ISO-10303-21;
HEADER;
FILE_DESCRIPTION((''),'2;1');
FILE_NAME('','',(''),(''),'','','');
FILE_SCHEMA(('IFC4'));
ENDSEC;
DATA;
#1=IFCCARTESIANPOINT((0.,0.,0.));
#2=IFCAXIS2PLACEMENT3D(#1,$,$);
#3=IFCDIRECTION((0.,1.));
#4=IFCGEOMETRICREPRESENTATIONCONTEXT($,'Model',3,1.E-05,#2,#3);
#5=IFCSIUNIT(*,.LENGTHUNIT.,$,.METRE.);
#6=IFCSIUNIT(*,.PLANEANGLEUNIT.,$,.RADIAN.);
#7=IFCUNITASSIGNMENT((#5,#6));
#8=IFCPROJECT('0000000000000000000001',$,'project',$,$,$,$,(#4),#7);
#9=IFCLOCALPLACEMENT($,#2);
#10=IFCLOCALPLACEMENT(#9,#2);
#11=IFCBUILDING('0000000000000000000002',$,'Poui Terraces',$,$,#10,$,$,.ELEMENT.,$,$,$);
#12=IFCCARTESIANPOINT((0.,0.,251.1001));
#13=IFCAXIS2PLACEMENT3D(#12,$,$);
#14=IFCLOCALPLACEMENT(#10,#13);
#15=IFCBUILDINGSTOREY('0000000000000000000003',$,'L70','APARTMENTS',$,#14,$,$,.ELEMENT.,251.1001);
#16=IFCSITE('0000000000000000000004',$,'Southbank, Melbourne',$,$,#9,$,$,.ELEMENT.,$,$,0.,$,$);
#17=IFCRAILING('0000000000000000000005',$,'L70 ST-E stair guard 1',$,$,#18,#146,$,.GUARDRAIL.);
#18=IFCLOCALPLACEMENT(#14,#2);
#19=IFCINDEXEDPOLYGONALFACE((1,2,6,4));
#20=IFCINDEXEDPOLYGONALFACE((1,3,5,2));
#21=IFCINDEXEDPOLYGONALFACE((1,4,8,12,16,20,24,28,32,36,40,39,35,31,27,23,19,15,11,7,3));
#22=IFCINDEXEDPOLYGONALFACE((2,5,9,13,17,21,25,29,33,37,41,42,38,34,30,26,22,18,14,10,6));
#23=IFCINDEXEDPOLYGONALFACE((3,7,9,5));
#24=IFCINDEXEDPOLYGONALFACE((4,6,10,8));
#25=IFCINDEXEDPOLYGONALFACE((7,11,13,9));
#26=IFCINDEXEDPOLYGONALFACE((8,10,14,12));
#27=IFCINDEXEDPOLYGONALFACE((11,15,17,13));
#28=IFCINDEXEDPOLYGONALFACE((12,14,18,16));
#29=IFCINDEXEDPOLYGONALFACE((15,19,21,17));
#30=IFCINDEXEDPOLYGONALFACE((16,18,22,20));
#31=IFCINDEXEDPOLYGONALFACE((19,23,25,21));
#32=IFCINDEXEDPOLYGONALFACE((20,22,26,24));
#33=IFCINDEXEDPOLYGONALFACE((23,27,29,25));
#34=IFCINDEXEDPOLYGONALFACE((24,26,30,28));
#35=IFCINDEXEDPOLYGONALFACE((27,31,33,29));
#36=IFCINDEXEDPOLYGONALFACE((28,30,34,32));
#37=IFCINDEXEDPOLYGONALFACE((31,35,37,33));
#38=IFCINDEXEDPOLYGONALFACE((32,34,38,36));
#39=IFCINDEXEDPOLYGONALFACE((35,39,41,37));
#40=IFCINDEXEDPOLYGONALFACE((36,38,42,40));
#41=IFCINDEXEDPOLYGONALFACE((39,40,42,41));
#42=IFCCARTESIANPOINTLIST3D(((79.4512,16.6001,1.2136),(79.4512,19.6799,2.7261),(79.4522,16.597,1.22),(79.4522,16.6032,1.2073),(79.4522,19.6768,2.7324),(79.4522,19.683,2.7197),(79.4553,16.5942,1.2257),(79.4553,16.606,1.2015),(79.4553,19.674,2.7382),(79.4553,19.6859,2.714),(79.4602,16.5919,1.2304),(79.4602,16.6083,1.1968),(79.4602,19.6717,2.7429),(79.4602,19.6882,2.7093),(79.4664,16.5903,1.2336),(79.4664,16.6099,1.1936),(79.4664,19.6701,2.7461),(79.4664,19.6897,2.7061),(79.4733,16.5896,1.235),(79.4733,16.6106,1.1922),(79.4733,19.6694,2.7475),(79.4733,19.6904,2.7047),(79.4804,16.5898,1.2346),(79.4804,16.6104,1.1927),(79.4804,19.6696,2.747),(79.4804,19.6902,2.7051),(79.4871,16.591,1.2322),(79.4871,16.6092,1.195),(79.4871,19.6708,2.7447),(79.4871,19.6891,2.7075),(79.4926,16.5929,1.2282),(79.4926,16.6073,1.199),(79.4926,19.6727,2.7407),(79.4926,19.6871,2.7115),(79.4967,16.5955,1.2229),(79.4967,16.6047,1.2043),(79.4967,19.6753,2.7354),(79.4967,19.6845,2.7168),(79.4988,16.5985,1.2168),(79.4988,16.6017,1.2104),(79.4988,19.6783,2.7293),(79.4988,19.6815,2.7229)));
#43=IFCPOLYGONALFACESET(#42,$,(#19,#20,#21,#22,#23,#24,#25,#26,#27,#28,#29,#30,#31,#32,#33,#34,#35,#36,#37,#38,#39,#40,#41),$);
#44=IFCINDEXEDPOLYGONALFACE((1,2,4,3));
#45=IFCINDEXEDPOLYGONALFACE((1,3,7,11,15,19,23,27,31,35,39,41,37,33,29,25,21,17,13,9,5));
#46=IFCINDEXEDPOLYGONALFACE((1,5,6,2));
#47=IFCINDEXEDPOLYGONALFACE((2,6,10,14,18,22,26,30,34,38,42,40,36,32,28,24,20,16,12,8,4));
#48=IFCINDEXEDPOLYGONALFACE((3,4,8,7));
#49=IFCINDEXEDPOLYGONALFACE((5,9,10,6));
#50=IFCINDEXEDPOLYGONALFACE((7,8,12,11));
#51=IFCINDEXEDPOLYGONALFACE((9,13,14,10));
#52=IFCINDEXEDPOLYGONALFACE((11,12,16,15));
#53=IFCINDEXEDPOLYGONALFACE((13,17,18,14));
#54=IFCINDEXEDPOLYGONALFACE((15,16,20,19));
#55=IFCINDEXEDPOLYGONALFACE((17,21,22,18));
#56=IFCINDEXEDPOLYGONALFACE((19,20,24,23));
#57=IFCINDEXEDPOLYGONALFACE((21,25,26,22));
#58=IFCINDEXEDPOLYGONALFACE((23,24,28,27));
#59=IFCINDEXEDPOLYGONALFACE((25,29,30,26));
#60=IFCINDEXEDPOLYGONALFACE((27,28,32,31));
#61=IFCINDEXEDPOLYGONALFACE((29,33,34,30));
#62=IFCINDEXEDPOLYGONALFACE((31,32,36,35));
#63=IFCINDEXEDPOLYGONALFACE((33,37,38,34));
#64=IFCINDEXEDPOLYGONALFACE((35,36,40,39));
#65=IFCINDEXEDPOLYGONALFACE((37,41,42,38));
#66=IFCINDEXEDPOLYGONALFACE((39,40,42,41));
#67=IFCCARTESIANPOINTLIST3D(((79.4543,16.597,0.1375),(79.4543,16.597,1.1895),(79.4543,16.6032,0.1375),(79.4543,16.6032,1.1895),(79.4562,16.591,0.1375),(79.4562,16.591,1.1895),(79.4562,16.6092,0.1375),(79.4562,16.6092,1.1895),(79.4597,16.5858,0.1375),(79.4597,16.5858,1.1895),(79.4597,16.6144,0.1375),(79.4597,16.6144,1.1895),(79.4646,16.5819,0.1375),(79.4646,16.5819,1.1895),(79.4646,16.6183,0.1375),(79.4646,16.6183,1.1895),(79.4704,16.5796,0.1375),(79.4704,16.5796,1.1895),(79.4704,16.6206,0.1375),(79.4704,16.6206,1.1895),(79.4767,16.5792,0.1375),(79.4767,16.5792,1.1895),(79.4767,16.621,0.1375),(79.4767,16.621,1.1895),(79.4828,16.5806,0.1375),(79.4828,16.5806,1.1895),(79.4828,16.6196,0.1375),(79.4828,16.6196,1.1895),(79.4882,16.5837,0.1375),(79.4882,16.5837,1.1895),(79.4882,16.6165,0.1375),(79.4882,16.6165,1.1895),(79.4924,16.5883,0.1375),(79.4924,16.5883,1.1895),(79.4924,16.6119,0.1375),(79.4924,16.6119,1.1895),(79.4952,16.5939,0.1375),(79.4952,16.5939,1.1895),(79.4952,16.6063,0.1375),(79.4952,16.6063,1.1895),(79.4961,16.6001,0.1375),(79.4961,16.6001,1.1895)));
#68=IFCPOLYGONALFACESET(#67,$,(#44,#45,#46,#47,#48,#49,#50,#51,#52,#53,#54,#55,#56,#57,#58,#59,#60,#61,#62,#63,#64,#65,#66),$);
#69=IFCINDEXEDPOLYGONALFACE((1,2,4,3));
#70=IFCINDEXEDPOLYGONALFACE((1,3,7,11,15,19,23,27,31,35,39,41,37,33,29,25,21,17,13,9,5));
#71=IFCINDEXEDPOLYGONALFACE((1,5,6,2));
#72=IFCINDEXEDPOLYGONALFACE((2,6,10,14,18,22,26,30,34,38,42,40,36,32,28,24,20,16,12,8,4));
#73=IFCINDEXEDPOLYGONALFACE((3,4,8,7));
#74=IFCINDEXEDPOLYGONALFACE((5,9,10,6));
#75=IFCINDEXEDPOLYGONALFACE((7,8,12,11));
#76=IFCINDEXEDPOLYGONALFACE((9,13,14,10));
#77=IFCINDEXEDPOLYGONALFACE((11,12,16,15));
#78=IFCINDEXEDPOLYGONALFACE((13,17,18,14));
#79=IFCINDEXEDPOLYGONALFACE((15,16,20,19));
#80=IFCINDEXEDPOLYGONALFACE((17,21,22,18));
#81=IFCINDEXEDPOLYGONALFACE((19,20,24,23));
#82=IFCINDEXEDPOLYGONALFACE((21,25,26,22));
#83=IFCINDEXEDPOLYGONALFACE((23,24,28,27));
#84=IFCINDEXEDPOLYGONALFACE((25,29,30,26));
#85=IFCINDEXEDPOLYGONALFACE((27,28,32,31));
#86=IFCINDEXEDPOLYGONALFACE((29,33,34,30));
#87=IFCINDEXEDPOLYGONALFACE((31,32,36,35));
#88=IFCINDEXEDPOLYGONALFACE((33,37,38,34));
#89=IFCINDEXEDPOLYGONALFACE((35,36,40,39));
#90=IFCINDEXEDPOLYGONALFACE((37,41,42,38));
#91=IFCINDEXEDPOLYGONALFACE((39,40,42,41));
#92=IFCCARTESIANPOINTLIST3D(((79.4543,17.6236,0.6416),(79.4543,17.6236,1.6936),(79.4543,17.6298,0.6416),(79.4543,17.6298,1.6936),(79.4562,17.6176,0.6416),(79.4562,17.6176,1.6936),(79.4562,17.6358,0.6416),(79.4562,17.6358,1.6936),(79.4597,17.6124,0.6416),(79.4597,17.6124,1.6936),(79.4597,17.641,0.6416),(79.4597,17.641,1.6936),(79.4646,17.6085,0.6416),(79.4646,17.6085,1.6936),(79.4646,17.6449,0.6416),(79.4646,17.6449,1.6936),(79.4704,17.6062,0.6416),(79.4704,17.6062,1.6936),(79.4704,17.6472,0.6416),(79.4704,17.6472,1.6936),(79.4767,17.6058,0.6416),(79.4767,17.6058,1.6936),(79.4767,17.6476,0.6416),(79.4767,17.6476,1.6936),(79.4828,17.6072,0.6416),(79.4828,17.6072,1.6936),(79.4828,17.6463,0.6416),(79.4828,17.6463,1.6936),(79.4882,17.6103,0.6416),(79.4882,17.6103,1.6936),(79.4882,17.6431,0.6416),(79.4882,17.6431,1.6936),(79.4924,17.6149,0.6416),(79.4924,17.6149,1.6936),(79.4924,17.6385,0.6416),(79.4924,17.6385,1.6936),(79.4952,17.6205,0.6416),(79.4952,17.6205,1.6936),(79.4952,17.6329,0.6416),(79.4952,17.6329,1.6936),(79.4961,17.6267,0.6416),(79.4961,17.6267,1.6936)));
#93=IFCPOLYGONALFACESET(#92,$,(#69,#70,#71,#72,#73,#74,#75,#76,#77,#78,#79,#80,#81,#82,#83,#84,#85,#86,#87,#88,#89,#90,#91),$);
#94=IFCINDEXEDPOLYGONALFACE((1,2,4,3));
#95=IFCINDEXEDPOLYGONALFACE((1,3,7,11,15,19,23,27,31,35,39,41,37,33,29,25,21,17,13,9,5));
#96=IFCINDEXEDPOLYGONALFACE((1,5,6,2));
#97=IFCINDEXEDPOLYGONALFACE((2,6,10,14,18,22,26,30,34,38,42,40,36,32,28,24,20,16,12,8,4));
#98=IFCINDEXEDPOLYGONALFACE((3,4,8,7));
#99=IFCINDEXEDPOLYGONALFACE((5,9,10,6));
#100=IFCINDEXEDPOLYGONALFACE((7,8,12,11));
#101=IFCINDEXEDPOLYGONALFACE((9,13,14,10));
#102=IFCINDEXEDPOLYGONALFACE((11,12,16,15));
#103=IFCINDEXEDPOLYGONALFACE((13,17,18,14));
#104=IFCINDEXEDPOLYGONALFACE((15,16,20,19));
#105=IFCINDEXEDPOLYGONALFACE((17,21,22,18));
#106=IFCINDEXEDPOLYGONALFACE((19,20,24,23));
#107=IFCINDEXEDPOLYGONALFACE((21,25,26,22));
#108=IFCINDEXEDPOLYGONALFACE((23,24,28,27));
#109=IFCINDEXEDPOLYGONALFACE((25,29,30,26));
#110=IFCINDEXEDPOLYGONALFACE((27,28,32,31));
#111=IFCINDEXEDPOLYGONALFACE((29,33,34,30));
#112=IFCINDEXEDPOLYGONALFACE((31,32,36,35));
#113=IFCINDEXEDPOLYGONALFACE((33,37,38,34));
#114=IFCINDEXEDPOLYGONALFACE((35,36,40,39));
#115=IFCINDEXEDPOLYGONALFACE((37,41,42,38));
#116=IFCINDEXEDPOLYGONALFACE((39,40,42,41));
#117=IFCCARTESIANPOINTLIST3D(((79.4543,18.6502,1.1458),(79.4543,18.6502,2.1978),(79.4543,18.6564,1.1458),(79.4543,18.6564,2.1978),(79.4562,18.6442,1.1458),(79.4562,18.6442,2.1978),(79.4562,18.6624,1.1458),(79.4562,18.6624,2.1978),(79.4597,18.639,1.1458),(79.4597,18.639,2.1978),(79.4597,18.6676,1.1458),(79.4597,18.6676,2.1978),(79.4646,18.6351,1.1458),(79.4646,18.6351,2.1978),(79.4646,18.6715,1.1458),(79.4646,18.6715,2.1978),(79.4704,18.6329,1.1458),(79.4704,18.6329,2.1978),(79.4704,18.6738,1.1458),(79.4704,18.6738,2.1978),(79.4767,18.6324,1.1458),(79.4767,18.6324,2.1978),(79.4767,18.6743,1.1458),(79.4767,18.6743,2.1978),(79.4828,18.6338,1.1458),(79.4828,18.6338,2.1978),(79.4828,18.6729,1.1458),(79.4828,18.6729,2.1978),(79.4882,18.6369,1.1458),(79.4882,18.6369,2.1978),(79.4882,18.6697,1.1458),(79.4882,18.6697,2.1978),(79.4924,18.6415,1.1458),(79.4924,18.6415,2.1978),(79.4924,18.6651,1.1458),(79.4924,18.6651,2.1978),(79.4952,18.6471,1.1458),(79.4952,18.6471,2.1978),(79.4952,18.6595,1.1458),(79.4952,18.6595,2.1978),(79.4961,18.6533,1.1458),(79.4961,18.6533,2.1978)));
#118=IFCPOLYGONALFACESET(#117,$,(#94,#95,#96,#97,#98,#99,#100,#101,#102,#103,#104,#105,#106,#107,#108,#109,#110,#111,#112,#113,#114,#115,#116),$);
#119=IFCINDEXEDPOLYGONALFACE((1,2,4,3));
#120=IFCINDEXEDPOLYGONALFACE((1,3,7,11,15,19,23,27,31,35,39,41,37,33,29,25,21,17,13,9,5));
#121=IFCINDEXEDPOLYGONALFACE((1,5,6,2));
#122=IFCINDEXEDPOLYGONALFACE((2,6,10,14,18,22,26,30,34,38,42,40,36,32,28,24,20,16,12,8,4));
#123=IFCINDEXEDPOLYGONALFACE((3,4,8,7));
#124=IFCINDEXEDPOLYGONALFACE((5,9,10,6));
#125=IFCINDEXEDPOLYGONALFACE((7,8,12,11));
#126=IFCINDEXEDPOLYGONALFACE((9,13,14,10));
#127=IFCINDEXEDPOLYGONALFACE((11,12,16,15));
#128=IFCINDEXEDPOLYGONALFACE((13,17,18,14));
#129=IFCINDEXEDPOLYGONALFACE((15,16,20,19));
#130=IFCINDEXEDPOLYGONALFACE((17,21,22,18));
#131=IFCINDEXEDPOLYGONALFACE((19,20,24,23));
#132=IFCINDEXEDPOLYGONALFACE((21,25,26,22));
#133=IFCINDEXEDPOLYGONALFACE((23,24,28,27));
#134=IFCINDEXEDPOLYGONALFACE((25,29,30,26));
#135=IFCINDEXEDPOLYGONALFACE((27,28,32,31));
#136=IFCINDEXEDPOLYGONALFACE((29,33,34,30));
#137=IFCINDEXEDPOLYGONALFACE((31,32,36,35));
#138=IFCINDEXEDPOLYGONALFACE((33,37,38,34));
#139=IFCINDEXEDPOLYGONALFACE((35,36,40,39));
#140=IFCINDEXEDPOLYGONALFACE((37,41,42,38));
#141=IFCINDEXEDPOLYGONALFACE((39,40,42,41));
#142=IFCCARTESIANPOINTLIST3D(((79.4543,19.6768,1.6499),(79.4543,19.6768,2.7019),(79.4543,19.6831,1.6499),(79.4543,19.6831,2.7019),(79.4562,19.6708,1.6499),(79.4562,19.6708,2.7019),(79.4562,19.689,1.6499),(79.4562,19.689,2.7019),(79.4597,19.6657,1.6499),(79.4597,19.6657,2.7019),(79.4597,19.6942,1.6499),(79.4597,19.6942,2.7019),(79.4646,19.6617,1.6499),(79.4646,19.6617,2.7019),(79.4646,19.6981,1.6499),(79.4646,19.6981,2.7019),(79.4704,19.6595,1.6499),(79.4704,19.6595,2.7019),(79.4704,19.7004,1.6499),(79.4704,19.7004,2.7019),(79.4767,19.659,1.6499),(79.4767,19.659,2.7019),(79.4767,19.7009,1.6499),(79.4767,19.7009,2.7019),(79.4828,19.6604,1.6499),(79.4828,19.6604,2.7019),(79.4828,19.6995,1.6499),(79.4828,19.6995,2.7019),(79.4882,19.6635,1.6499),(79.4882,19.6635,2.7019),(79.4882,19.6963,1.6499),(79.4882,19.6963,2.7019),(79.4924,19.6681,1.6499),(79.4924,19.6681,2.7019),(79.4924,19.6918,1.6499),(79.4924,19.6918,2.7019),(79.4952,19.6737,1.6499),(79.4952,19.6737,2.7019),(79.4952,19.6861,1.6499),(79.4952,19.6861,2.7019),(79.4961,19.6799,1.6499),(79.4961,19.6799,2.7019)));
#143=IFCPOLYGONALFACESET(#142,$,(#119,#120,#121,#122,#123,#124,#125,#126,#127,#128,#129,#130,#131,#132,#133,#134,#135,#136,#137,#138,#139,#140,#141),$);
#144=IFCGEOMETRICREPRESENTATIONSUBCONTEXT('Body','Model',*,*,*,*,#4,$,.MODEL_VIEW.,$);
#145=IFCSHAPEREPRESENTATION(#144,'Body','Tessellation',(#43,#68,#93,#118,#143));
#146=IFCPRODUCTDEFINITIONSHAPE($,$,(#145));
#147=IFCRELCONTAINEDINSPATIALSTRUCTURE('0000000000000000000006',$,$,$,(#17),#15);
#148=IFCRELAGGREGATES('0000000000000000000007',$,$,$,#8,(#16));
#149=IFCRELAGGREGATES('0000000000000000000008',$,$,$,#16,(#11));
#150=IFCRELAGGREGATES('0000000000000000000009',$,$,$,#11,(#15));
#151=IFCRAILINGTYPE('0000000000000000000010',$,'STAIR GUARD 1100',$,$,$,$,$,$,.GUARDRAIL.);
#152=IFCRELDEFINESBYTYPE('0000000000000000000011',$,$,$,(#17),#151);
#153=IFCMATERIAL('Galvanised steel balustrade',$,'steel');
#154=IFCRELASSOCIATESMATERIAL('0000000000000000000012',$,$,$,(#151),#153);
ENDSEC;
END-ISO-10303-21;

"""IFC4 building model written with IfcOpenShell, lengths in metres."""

from ifc_helpers import new_model, si_unit, direction, frame, origin, origin_2d, place, context, subcontext, project, spatial, circle, extrude, material, type_object, element, save


model = new_model("IFC4")

# Units and contexts
model_context = context("Model", 3, precision=1e-05, world=origin(), true_north=direction((0.0, 1.0)))
body_context = subcontext(model_context, "Body", "Model", "MODEL_VIEW")
ifc_project = project(units=[si_unit("LENGTHUNIT", "METRE"), si_unit("PLANEANGLEUNIT", "RADIAN")], contexts=[model_context])

# Site, building, storey
site_placement = place(None, origin())
site = spatial("IfcSite", under=ifc_project, at=site_placement, Name="Southbank, Melbourne", CompositionType="ELEMENT", RefElevation=0.0)
building_placement = place(site_placement, origin())
building = spatial("IfcBuilding", under=site, at=building_placement, Name="Poui Terraces", CompositionType="ELEMENT")
storey_placement = place(building_placement, frame((0.0, 0.0, 251.1001)))
storey = spatial("IfcBuildingStorey", under=building, at=storey_placement, Name="L70", Description="APARTMENTS", CompositionType="ELEMENT", Elevation=251.1001)

# Railing
ifc_material_1 = material(Name="Galvanised steel balustrade", Category="steel")
railing_type_1 = type_object("IfcRailingType", Name="STAIR GUARD 1100", PredefinedType="GUARDRAIL", material=ifc_material_1)
railing_1_placement = place(storey_placement, frame((79.4751, 16.6001, 0.1375)))
element("IfcRailing", 1, at=railing_1_placement, inside=storey, type_object=railing_type_1, Name="L70 ST-E stair guard 1", PredefinedType="GUARDRAIL", context=body_context, shape_type="SweptSolid", body=[
    extrude(circle(Radius=0.0239, at=origin_2d()), frame((0.0, 0.0, 1.0762), z_axis=(0.0, 0.897606, 0.440798), x_axis=(-1.0, 0.0, 0.0)), (0.0, 0.0, 1.0), 3.4312),
    extrude(circle(Radius=0.021, at=origin_2d()), origin(), (0.0, 0.0, 1.0), 1.052),
    extrude(circle(Radius=0.021, at=origin_2d()), frame((0.0, 1.0266, 0.5042)), (0.0, 0.0, 1.0), 1.052),
    extrude(circle(Radius=0.021, at=origin_2d()), frame((0.0, 2.0532, 1.0083)), (0.0, 0.0, 1.0), 1.052),
    extrude(circle(Radius=0.021, at=origin_2d()), frame((0.0, 3.0798, 1.5125)), (0.0, 0.0, 1.0), 1.052),
])

save(model, "model.ifc")
